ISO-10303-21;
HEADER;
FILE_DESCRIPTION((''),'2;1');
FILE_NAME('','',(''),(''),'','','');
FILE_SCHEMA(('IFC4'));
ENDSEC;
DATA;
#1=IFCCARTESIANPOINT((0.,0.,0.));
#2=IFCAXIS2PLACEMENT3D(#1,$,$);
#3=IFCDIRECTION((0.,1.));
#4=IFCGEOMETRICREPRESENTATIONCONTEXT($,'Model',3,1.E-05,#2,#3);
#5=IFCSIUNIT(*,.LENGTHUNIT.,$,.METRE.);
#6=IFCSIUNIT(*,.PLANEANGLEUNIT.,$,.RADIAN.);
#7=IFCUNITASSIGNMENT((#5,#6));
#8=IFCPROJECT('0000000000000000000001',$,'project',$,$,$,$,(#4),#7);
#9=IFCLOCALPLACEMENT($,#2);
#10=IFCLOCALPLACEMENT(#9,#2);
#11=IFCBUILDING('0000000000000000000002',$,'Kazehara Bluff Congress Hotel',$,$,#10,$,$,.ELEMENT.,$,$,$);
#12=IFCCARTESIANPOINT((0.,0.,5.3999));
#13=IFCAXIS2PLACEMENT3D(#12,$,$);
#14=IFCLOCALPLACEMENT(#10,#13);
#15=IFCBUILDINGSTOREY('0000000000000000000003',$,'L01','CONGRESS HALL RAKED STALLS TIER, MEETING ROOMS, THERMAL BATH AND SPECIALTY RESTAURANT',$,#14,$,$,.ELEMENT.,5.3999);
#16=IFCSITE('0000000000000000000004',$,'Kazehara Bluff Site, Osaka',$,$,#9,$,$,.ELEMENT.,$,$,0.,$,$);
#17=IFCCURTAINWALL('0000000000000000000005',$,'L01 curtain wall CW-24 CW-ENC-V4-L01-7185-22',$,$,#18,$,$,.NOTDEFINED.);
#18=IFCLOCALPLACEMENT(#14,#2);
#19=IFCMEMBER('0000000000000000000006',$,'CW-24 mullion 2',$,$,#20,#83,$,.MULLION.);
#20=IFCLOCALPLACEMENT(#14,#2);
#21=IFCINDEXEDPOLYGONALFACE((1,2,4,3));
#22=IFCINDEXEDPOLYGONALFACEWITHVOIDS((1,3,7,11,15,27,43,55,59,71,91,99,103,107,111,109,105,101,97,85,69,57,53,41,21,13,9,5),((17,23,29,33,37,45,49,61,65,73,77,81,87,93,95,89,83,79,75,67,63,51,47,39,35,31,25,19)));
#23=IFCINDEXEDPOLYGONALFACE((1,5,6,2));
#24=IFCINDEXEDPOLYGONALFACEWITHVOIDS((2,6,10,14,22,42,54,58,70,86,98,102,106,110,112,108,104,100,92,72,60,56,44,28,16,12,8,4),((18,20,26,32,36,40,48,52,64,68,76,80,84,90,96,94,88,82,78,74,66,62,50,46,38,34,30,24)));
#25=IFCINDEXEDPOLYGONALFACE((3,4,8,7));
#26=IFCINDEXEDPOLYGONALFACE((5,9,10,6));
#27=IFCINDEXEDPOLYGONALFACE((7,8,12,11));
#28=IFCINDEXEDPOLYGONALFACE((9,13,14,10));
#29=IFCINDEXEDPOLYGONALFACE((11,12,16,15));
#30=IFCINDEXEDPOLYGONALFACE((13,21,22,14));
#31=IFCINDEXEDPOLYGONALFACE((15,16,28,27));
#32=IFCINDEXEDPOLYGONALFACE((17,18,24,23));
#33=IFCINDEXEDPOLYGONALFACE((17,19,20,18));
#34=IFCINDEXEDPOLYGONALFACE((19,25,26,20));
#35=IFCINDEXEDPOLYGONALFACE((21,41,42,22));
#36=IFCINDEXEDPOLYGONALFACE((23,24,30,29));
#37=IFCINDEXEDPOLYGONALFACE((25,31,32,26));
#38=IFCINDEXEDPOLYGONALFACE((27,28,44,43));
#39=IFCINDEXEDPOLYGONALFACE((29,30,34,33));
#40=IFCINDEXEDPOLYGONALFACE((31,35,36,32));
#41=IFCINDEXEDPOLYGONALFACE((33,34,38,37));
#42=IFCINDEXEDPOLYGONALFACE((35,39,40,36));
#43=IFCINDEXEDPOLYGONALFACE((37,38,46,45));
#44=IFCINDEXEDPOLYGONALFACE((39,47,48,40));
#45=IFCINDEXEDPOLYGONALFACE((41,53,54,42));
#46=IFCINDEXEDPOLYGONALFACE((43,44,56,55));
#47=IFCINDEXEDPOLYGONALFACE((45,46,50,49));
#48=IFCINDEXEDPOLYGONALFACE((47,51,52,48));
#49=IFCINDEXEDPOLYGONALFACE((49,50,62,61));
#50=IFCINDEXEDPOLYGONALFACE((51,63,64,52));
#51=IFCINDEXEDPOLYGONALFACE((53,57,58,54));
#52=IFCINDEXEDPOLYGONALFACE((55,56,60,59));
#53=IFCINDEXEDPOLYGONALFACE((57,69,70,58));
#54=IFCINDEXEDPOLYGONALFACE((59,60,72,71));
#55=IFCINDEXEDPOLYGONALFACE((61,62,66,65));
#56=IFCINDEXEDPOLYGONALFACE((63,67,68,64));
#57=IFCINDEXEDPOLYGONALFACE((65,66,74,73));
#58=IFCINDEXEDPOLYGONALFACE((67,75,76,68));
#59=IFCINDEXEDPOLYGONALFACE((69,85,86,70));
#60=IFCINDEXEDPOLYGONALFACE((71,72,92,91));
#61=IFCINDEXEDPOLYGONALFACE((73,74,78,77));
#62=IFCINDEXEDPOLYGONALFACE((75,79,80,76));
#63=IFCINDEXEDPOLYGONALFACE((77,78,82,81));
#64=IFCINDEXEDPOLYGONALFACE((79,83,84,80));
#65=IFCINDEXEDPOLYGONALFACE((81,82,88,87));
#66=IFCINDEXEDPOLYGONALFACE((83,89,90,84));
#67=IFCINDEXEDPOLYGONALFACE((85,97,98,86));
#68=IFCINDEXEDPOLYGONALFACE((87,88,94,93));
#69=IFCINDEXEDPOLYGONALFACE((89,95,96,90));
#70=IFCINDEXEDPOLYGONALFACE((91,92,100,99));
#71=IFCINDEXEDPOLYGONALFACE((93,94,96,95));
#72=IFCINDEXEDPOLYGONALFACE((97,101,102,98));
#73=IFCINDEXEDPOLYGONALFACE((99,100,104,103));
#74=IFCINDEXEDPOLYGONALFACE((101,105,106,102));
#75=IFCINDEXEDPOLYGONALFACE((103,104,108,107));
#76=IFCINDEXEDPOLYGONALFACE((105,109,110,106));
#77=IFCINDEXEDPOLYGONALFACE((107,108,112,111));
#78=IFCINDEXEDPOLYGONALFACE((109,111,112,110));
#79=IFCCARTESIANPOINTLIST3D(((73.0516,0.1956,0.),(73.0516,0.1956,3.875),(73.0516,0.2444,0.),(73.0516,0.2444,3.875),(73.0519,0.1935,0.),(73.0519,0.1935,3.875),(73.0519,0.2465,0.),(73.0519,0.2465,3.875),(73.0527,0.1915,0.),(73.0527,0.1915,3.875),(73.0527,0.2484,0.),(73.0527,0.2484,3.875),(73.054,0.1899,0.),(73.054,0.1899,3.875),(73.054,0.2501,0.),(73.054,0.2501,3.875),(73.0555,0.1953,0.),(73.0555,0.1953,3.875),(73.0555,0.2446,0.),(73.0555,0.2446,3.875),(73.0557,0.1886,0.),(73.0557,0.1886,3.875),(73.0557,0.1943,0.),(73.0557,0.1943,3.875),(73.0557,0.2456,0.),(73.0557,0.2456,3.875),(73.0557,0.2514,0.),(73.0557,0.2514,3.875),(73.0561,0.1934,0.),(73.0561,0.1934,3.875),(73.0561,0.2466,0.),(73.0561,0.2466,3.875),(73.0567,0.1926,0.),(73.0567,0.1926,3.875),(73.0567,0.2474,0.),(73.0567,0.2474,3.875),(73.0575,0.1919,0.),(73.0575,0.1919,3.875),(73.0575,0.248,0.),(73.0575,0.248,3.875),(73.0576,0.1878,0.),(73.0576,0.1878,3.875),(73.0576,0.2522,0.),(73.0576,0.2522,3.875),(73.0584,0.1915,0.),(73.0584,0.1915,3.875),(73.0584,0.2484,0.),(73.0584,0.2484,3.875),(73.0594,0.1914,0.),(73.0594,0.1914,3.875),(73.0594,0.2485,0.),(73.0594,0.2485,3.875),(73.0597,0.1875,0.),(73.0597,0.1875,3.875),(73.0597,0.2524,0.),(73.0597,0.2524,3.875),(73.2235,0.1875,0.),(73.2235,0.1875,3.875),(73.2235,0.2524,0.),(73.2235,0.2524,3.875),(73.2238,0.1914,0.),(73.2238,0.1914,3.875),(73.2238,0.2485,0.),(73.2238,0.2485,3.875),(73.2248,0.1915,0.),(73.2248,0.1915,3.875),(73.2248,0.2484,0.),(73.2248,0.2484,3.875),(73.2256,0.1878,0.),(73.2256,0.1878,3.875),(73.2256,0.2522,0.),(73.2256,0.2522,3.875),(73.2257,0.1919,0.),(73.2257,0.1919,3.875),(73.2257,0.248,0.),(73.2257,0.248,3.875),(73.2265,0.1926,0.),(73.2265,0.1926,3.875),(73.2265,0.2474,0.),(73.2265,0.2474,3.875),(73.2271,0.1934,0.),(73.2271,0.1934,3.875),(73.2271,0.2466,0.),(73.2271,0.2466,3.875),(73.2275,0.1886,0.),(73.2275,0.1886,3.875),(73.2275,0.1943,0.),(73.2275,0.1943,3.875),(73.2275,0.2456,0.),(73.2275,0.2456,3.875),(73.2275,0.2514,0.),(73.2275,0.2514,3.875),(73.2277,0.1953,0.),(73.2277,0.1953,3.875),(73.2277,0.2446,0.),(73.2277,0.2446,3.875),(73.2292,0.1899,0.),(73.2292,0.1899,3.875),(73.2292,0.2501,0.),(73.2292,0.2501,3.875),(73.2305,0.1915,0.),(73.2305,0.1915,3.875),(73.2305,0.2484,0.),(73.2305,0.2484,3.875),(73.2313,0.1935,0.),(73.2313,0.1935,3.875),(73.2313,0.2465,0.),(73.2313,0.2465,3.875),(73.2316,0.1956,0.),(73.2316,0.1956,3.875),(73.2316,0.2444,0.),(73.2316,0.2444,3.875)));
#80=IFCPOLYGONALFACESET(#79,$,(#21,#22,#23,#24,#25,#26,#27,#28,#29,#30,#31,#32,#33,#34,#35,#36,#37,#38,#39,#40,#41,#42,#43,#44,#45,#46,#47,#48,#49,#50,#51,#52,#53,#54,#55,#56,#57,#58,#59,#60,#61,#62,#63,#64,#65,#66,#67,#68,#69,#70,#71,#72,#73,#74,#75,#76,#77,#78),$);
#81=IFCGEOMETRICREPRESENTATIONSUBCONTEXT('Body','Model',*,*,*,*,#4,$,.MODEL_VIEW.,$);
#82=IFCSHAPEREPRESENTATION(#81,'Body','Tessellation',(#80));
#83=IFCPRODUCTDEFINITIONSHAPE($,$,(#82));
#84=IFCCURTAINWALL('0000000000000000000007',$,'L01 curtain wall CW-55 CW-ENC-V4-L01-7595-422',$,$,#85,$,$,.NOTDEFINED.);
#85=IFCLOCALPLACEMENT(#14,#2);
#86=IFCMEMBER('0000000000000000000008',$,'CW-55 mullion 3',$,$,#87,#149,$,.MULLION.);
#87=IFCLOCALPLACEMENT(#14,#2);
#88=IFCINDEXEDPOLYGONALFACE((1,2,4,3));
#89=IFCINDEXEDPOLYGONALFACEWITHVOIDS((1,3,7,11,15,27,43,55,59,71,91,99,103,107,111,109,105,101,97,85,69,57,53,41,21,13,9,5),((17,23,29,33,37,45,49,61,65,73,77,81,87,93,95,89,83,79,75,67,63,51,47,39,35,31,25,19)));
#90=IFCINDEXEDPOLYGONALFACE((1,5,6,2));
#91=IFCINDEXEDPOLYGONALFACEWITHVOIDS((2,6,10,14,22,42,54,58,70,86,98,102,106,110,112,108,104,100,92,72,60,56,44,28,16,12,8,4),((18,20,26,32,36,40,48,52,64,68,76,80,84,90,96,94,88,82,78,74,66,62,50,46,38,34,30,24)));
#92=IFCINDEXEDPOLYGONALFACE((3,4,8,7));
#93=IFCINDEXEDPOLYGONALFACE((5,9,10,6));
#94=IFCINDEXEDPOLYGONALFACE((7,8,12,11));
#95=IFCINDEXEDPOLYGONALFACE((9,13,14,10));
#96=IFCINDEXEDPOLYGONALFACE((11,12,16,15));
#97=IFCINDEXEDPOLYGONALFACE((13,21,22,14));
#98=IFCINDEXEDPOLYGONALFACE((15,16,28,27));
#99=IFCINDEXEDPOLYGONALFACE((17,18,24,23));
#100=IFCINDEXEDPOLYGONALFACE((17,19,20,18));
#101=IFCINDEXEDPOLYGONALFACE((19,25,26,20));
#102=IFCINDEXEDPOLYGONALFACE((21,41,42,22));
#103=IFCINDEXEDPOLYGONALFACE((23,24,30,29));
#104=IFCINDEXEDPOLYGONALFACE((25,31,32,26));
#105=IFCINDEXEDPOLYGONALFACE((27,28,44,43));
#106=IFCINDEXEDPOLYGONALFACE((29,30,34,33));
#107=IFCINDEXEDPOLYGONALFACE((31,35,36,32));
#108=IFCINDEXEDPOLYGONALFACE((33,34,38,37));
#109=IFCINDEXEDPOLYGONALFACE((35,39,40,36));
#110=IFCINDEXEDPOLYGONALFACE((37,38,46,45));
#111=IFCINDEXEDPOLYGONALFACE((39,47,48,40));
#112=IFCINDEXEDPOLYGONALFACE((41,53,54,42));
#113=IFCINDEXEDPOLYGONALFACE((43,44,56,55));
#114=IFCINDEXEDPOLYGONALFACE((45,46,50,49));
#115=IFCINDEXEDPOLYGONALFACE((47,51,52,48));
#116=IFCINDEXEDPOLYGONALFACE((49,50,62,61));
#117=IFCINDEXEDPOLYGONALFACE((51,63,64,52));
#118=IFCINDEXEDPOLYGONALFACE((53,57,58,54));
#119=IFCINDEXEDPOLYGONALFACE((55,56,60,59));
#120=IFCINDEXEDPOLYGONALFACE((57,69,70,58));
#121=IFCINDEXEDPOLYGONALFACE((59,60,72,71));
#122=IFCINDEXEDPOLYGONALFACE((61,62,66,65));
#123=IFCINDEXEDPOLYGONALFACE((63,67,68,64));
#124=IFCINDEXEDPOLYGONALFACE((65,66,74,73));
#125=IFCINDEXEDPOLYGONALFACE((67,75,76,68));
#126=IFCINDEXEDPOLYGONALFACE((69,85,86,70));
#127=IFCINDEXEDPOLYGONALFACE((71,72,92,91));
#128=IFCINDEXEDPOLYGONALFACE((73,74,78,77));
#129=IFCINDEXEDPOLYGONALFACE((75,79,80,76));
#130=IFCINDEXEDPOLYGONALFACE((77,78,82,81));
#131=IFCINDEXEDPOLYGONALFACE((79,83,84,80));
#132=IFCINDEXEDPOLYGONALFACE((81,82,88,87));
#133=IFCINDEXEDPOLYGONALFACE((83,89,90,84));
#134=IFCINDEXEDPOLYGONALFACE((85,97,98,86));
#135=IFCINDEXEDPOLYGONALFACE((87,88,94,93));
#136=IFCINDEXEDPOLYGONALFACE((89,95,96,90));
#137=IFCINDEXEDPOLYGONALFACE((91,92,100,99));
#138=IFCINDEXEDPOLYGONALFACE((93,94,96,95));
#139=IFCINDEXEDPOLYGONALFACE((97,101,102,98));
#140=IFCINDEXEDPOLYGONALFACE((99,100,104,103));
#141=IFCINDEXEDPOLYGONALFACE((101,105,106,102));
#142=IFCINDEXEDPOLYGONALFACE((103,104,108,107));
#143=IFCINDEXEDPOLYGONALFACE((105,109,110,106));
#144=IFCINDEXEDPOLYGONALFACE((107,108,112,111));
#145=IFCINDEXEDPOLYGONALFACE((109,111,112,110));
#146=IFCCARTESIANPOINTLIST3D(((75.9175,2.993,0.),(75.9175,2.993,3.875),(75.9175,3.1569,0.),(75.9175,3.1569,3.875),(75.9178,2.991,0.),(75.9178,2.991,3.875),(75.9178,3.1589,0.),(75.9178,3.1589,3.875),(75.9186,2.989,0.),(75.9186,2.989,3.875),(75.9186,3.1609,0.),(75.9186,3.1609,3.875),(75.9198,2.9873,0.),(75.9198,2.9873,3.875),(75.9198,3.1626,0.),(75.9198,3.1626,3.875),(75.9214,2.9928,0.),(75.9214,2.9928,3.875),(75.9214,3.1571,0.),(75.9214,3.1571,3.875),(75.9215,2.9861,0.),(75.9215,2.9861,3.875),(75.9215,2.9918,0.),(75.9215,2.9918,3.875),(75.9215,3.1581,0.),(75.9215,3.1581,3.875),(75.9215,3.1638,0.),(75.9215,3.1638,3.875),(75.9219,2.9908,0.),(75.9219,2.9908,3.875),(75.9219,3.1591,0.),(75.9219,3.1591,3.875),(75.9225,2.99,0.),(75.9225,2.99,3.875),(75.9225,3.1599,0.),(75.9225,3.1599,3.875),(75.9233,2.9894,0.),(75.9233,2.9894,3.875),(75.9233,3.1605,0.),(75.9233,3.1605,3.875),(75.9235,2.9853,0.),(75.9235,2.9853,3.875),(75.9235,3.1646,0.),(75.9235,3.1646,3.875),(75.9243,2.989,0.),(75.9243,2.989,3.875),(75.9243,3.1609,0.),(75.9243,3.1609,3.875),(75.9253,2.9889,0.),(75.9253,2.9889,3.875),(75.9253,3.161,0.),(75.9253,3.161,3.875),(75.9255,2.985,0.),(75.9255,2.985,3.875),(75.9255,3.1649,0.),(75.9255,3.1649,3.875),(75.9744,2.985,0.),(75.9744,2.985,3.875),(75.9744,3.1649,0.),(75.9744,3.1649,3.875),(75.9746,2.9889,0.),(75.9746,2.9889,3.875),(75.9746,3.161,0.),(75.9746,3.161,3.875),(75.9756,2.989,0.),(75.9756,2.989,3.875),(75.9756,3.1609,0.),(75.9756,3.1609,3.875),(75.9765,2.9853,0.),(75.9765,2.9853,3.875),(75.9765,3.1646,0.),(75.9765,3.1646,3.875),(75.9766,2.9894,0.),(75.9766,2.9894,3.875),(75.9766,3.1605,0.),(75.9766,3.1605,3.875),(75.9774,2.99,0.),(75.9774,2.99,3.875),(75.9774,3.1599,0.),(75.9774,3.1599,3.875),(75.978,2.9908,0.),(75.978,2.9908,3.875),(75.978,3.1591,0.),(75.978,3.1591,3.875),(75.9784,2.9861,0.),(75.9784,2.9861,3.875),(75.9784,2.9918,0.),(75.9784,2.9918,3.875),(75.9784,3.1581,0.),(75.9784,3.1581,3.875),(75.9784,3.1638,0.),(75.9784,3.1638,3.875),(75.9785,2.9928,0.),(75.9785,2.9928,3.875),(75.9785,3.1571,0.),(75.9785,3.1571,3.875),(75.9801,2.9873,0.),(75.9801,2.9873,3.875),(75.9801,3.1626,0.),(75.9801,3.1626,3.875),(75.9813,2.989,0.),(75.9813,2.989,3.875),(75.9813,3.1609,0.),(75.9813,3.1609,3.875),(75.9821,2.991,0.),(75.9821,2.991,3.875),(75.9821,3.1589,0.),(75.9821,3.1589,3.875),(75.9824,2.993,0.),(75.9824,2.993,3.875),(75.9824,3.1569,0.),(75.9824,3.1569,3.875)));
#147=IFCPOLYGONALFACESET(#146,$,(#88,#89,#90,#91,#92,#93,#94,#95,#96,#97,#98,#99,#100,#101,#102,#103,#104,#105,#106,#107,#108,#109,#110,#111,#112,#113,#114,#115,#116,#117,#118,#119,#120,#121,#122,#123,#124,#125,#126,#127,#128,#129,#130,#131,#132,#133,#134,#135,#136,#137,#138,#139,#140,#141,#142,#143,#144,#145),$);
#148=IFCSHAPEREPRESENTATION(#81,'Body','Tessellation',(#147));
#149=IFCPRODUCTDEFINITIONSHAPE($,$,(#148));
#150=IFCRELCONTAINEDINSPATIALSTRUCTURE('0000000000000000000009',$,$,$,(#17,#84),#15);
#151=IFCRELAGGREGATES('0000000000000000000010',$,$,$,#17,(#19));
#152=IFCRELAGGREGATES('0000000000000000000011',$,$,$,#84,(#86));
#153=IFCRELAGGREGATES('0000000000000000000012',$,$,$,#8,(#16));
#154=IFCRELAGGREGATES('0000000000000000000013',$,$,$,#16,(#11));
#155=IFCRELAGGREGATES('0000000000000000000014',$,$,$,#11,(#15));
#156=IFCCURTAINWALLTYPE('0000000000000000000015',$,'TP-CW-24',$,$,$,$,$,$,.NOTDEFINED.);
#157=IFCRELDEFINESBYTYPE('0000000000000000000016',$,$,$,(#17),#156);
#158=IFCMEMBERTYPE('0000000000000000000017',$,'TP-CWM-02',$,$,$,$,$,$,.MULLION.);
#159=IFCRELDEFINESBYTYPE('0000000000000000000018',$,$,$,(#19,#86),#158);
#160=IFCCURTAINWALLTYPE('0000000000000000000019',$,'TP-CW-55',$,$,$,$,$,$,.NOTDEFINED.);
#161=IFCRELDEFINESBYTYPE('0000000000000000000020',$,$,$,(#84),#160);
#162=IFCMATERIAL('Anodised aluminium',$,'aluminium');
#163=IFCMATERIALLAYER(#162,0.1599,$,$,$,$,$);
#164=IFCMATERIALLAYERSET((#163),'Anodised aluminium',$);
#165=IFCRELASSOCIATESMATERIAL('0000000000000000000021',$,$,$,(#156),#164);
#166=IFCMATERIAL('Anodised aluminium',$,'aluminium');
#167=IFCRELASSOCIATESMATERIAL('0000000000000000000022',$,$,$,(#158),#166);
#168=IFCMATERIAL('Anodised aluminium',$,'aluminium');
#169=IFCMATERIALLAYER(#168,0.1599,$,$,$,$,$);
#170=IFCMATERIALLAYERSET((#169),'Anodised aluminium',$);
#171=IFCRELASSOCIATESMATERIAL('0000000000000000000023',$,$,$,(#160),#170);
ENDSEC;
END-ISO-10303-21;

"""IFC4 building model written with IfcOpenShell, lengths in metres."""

from ifc_helpers import new_model, si_unit, direction, frame, origin, origin_2d, place, context, subcontext, project, spatial, hollow_rectangle, extrude, material, layer, layer_set, material_profile, profile_set, type_object, element, aggregate, save


model = new_model("IFC4")

# Units and contexts
model_context = context("Model", 3, precision=1e-05, world=origin(), true_north=direction((0.0, 1.0)))
body_context = subcontext(model_context, "Body", "Model", "MODEL_VIEW")
ifc_project = project(units=[si_unit("LENGTHUNIT", "METRE"), si_unit("PLANEANGLEUNIT", "RADIAN")], contexts=[model_context])

# Site, building, storey
site_placement = place(None, origin())
site = spatial("IfcSite", under=ifc_project, at=site_placement, Name="Kazehara Bluff Site, Osaka", CompositionType="ELEMENT", RefElevation=0.0)
building_placement = place(site_placement, origin())
building = spatial("IfcBuilding", under=site, at=building_placement, Name="Kazehara Bluff Congress Hotel", CompositionType="ELEMENT")
storey_placement = place(building_placement, frame((0.0, 0.0, 5.3999)))
storey = spatial("IfcBuildingStorey", under=building, at=storey_placement, Name="L01", Description="CONGRESS HALL RAKED STALLS TIER, MEETING ROOMS, THERMAL BATH AND SPECIALTY RESTAURANT", CompositionType="ELEMENT", Elevation=5.3999)

# Curtain walls, members
ifc_material_1 = material(Name="Anodised aluminium", Category="aluminium")
ifc_layer_1 = layer(ifc_material_1, 0.1599)
ifc_layer_set_1 = layer_set([ifc_layer_1], Name="Anodised aluminium")
curtain_wall_type_1 = type_object("IfcCurtainWallType", Name="TP-CW-24", PredefinedType="NOTDEFINED", material=ifc_layer_set_1)
curtain_wall_1_placement = place(storey_placement, origin())
curtain_wall_1 = element("IfcCurtainWall", 1, at=curtain_wall_1_placement, inside=storey, type_object=curtain_wall_type_1, Name="L01 curtain wall CW-24 CW-ENC-V4-L01-7185-22", PredefinedType="NOTDEFINED")
ifc_material_2 = material(Name="Anodised aluminium", Category="aluminium")
ifc_material_profile_1 = material_profile(ifc_material_2, hollow_rectangle(XDim=0.0649, YDim=0.1799, WallThickness=0.0039, InnerFilletRadius=0.0039, OuterFilletRadius=0.0081, at=origin_2d()))
ifc_profile_set_1 = profile_set([ifc_material_profile_1], Name="Anodised aluminium")
member_type_1 = type_object("IfcMemberType", Name="TP-CWM-02", PredefinedType="MULLION", material=ifc_profile_set_1)
member_1_placement = place(storey_placement, frame((73.1416, 0.22, 0.0), z_axis=(0.0, 0.0, 1.0), x_axis=(0.0, -1.0, 0.0)))
member_1 = element("IfcMember", 2, at=member_1_placement, type_object=member_type_1, Name="CW-24 mullion 2", PredefinedType="MULLION", context=body_context, shape_type="SweptSolid", body=[
    extrude(hollow_rectangle(XDim=0.0649, YDim=0.1799, WallThickness=0.0039, InnerFilletRadius=0.0039, OuterFilletRadius=0.0081, at=origin_2d()), origin(), (0.0, 0.0, 1.0), 3.875),
])
ifc_material_3 = material(Name="Anodised aluminium", Category="aluminium")
ifc_layer_2 = layer(ifc_material_3, 0.1599)
ifc_layer_set_2 = layer_set([ifc_layer_2], Name="Anodised aluminium")
curtain_wall_type_2 = type_object("IfcCurtainWallType", Name="TP-CW-55", PredefinedType="NOTDEFINED", material=ifc_layer_set_2)
curtain_wall_2_placement = place(storey_placement, origin())
curtain_wall_2 = element("IfcCurtainWall", 3, at=curtain_wall_2_placement, inside=storey, type_object=curtain_wall_type_2, Name="L01 curtain wall CW-55 CW-ENC-V4-L01-7595-422", PredefinedType="NOTDEFINED")
member_2_placement = place(storey_placement, frame((75.95, 3.075, 0.0), z_axis=(0.0, 0.0, 1.0), x_axis=(1.0, 0.0, 0.0)))
member_2 = element("IfcMember", 4, at=member_2_placement, type_object=member_type_1, Name="CW-55 mullion 3", PredefinedType="MULLION", context=body_context, shape_type="SweptSolid", body=[
    extrude(hollow_rectangle(XDim=0.0649, YDim=0.1799, WallThickness=0.0039, InnerFilletRadius=0.0039, OuterFilletRadius=0.0081, at=origin_2d()), origin(), (0.0, 0.0, 1.0), 3.875),
])

aggregate(curtain_wall_1, [member_1])
aggregate(curtain_wall_2, [member_2])

save(model, "model.ifc")
